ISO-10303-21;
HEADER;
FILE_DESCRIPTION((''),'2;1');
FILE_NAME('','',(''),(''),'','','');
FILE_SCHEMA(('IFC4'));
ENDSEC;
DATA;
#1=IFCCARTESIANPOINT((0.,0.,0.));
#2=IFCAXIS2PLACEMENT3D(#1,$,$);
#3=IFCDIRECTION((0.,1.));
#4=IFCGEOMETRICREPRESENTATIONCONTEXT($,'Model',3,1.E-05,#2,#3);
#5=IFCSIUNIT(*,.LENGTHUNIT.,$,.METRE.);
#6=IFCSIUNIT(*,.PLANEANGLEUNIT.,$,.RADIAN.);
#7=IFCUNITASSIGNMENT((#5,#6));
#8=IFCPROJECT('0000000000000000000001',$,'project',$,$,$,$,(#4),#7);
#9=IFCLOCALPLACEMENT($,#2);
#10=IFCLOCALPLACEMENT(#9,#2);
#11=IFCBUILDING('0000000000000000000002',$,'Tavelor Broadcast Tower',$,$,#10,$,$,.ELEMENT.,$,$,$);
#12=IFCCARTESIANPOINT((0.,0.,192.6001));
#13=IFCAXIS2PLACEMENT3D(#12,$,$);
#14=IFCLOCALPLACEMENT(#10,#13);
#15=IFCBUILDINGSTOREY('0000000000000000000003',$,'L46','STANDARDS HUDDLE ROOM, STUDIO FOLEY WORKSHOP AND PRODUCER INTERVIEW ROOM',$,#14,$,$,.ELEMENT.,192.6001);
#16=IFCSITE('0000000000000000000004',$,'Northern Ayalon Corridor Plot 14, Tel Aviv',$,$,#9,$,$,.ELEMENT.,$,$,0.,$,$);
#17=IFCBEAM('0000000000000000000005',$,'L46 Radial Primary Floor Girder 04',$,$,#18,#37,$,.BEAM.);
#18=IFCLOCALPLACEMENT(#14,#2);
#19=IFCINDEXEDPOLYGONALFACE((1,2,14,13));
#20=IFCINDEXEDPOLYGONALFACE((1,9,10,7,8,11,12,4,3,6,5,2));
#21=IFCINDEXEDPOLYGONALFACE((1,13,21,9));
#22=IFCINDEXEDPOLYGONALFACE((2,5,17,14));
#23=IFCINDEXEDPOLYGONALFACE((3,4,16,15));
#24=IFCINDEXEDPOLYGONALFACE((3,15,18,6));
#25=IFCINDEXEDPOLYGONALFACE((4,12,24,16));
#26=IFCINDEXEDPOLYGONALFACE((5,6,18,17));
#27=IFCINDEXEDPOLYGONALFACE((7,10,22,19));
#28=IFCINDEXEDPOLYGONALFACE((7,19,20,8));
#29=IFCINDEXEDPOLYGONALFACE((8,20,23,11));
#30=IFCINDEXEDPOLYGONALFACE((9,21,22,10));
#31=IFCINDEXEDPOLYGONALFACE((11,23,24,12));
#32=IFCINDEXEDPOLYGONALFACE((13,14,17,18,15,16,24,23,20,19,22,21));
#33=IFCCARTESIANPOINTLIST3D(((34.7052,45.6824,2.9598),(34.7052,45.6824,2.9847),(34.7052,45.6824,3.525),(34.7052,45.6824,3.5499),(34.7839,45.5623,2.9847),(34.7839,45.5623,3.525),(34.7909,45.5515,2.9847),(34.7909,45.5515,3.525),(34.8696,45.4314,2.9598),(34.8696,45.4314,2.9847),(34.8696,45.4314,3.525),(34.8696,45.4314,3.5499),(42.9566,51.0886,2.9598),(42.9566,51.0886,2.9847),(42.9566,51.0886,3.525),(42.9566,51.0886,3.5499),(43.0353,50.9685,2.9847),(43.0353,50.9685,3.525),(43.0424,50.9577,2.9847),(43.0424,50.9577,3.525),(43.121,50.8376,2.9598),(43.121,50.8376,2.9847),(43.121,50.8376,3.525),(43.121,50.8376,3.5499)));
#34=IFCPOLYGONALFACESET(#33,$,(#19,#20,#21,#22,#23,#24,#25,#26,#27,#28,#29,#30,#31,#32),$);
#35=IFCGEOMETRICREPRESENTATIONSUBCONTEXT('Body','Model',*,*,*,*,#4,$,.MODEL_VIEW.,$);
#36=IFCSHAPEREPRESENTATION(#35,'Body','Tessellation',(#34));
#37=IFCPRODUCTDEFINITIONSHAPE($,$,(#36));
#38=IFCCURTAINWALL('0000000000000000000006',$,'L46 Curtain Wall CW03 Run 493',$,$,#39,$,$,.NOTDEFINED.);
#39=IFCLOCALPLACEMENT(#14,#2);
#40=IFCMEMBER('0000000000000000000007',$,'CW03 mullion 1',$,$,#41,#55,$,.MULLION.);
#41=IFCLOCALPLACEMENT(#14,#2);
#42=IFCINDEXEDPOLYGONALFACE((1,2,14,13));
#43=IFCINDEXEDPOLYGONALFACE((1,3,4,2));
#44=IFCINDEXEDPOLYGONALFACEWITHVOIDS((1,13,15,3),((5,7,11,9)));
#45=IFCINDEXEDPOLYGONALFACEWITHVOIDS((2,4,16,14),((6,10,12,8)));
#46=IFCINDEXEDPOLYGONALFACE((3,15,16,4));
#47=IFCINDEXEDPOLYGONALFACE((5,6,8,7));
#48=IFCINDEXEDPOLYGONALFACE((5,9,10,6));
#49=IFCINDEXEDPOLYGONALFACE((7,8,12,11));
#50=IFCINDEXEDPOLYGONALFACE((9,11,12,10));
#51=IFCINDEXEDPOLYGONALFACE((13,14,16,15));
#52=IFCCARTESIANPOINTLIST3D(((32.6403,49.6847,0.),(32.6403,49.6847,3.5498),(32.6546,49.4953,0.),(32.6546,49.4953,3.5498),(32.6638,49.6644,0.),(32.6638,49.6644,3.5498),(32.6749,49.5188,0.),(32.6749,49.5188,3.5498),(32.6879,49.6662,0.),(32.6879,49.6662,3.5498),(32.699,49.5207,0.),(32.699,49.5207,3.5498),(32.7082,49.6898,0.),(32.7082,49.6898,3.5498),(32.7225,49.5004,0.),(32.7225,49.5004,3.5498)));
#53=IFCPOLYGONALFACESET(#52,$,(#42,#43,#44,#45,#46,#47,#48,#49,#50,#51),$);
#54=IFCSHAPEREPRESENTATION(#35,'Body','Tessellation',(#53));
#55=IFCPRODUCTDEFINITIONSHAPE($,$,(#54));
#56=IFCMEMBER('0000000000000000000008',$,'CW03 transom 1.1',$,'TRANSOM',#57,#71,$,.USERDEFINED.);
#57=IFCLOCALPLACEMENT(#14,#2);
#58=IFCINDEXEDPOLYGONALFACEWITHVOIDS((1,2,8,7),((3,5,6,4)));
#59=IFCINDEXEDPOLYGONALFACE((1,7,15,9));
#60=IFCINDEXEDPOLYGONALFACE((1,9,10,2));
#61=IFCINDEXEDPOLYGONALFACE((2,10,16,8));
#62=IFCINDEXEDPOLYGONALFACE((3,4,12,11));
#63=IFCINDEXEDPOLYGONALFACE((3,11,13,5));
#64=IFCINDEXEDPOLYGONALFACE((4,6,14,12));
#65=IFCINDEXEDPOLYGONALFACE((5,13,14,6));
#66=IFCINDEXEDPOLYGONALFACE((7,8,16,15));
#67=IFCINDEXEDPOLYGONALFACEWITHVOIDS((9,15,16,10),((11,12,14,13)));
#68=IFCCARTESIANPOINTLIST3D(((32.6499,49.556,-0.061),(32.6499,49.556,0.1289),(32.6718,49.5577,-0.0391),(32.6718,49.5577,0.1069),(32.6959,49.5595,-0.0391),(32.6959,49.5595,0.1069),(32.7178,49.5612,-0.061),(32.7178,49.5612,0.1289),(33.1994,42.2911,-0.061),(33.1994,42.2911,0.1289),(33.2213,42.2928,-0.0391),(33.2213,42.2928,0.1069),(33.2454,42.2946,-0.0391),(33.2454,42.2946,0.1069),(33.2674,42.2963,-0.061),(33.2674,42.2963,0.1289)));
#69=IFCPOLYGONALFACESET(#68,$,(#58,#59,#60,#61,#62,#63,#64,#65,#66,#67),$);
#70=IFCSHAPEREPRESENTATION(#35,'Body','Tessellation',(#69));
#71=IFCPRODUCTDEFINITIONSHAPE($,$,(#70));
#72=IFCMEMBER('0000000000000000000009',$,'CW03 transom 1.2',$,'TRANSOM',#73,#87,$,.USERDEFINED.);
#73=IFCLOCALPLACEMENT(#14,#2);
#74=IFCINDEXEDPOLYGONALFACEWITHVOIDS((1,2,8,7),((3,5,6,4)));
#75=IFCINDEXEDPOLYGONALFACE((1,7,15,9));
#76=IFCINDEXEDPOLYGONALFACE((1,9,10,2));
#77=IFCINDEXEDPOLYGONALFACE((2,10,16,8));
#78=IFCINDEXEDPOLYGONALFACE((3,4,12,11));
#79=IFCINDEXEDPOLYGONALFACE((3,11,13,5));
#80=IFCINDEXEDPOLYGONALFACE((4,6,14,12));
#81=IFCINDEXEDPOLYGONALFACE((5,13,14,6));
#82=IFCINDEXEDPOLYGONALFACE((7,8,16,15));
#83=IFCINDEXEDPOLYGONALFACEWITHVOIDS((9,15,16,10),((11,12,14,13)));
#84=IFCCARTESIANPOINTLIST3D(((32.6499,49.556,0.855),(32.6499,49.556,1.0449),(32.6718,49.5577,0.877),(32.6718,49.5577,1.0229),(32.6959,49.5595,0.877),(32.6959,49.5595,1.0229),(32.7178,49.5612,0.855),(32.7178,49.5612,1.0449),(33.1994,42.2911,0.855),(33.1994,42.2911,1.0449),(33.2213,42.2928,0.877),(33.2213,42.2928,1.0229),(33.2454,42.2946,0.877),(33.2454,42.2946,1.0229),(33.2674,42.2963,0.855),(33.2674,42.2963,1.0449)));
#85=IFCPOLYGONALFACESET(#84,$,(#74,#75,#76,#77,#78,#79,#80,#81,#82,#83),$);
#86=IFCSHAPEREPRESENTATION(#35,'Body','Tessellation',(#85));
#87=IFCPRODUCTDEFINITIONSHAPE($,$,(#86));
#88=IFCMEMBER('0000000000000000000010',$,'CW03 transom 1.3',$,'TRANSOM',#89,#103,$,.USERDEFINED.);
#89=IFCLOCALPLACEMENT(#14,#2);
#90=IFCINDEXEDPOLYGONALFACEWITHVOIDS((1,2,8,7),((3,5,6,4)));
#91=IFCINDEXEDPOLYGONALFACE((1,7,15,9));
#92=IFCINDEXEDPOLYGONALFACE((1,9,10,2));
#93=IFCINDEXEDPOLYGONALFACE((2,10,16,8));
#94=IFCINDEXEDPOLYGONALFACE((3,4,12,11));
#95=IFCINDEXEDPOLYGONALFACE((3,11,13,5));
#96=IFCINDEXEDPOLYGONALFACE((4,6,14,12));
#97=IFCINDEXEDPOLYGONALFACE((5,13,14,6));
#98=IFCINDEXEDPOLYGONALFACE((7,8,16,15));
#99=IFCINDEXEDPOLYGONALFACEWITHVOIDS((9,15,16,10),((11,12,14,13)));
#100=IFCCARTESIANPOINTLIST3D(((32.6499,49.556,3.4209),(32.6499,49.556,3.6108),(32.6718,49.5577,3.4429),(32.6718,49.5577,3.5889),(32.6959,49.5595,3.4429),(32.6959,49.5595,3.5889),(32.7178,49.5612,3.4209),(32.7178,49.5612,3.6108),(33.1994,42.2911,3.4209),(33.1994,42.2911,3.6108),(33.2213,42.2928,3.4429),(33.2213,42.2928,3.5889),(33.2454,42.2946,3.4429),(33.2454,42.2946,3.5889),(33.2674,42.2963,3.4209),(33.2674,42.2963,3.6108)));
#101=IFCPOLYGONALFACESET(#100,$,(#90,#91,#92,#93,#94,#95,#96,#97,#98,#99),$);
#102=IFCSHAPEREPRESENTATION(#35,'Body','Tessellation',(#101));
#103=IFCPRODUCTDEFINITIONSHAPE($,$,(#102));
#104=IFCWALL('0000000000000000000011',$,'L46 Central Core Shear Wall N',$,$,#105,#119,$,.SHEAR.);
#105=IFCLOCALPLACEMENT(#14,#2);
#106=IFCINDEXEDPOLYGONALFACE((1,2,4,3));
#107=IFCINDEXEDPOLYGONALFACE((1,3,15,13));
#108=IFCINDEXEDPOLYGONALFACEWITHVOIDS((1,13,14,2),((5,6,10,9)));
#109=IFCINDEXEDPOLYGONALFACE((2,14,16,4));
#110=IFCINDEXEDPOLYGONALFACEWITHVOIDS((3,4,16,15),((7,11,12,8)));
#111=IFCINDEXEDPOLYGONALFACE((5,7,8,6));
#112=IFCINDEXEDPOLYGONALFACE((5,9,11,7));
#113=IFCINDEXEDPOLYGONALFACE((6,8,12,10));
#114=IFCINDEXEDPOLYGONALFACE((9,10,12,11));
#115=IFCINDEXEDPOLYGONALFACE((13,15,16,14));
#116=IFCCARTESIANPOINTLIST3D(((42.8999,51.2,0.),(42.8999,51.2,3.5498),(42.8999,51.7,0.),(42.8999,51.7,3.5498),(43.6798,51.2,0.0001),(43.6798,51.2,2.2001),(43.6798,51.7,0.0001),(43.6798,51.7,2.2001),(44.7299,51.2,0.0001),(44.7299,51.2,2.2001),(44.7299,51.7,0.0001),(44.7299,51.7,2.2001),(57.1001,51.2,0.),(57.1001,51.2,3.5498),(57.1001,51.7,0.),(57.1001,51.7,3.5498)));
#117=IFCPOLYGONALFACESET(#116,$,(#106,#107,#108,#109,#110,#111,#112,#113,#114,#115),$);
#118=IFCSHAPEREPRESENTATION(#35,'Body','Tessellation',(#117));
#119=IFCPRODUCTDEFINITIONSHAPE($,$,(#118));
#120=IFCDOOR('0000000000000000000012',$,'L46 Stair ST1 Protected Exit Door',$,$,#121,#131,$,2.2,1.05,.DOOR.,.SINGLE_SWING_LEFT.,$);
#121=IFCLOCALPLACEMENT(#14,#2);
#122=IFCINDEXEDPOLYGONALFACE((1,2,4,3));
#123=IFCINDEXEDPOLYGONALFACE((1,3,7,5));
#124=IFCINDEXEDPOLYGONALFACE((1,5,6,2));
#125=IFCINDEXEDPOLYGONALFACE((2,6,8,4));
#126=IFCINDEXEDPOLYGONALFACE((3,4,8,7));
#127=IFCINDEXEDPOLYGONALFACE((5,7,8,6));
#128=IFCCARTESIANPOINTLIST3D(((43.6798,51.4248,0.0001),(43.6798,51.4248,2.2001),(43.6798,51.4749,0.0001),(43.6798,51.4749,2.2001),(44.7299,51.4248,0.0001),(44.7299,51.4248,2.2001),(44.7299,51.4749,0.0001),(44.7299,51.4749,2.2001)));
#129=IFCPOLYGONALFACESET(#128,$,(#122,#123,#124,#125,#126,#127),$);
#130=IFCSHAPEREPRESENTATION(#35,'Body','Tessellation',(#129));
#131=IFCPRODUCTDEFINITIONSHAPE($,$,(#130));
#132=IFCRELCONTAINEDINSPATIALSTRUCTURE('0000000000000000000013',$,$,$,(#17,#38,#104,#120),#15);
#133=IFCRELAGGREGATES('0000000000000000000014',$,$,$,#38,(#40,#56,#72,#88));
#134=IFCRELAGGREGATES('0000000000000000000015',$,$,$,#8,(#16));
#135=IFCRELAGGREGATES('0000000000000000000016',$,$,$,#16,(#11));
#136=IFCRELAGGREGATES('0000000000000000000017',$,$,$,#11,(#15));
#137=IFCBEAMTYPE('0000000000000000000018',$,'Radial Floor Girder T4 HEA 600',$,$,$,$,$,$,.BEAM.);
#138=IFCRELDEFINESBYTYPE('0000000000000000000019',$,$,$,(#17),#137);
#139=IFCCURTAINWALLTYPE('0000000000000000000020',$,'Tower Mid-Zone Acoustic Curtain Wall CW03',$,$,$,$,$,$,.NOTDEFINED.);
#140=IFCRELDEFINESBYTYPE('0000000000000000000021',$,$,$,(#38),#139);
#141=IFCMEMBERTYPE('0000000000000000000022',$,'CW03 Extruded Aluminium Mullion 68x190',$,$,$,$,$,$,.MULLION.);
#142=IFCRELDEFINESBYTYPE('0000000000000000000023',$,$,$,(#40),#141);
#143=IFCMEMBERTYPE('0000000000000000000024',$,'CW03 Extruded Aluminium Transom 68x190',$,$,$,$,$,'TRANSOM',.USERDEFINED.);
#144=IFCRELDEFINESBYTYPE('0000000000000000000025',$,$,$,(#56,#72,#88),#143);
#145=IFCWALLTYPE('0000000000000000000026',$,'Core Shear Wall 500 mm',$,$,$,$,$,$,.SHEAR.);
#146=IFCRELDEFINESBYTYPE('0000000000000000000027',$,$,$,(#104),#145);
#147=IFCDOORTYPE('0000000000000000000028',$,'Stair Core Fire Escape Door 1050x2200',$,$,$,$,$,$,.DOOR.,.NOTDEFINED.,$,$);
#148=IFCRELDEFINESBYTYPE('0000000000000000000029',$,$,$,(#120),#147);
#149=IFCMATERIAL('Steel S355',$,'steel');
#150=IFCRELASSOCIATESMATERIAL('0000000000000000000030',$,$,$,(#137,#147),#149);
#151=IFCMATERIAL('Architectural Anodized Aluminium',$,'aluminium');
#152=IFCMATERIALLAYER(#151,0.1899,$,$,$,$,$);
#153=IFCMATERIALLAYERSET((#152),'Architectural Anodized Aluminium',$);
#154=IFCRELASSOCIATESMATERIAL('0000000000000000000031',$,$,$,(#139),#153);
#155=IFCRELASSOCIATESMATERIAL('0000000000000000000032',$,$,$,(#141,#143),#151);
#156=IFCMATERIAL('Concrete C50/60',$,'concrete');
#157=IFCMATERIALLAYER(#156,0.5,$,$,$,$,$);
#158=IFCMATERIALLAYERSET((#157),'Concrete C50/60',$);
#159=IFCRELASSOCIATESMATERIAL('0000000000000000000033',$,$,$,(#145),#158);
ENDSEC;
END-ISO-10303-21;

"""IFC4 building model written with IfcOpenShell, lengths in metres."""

from ifc_helpers import new_model, si_unit, direction, frame, frame_2d, origin, origin_2d, place, context, subcontext, project, spatial, rectangle, hollow_rectangle, i_section, extrude, source, transform, mapped, material, layer, layer_set, material_profile, profile_set, type_object, type_shapes, element, fill, aggregate, save


model = new_model("IFC4")

# Units and contexts
model_context = context("Model", 3, precision=1e-05, world=origin(), true_north=direction((0.0, 1.0)))
body_context = subcontext(model_context, "Body", "Model", "MODEL_VIEW")
ifc_project = project(units=[si_unit("LENGTHUNIT", "METRE"), si_unit("PLANEANGLEUNIT", "RADIAN")], contexts=[model_context])

# Site, building, storey
site_placement = place(None, origin())
site = spatial("IfcSite", under=ifc_project, at=site_placement, Name="Northern Ayalon Corridor Plot 14, Tel Aviv", CompositionType="ELEMENT", RefElevation=0.0)
building_placement = place(site_placement, origin())
building = spatial("IfcBuilding", under=site, at=building_placement, Name="Tavelor Broadcast Tower", CompositionType="ELEMENT")
storey_placement = place(building_placement, frame((0.0, 0.0, 192.6001)))
storey = spatial("IfcBuildingStorey", under=building, at=storey_placement, Name="L46", Description="STANDARDS HUDDLE ROOM, STUDIO FOLEY WORKSHOP AND PRODUCER INTERVIEW ROOM", CompositionType="ELEMENT", Elevation=192.6001)

# Shared definitions
ifc_material_1 = material(Name="Concrete C50/60", Category="concrete")

# Beam
ifc_material_2 = material(Name="Steel S355", Category="steel")
ifc_material_profile_1 = material_profile(ifc_material_2, i_section(OverallWidth=0.3, OverallDepth=0.5901, WebThickness=0.0129, FlangeThickness=0.0249, at=origin_2d()), Name="HEA 600")
ifc_profile_set_1 = profile_set([ifc_material_profile_1], Name="Steel S355")
beam_type_1 = type_object("IfcBeamType", Name="Radial Floor Girder T4 HEA 600", PredefinedType="BEAM", material=ifc_profile_set_1)
beam_1_placement = place(storey_placement, frame((43.0388, 50.9631, 3.2549), z_axis=(-0.836456, -0.548035, 0.0), x_axis=(0.548035, -0.836456, 0.0)))
element("IfcBeam", 1, at=beam_1_placement, inside=storey, type_object=beam_type_1, Name="L46 Radial Primary Floor Girder 04", PredefinedType="BEAM", context=body_context, shape_type="SweptSolid", body=[
    extrude(i_section(OverallWidth=0.3, OverallDepth=0.5901, WebThickness=0.0129, FlangeThickness=0.0249, at=origin_2d()), origin(), (0.0, 0.0, 1.0), 9.8647),
])

# Curtain wall, members
ifc_material_3 = material(Name="Architectural Anodized Aluminium", Category="aluminium")
ifc_layer_1 = layer(ifc_material_3, 0.1899)
ifc_layer_set_1 = layer_set([ifc_layer_1], Name="Architectural Anodized Aluminium")
curtain_wall_type = type_object("IfcCurtainWallType", Name="Tower Mid-Zone Acoustic Curtain Wall CW03", PredefinedType="NOTDEFINED", material=ifc_layer_set_1)
curtain_wall_placement = place(storey_placement, origin())
curtain_wall = element("IfcCurtainWall", 2, at=curtain_wall_placement, inside=storey, type_object=curtain_wall_type, Name="L46 Curtain Wall CW03 Run 493", PredefinedType="NOTDEFINED")
ifc_material_profile_2 = material_profile(ifc_material_3, hollow_rectangle(XDim=0.0681, YDim=0.1899, WallThickness=0.022, at=origin_2d()), Name="RHS 68x190x22")
ifc_profile_set_2 = profile_set([ifc_material_profile_2], Name="Architectural Anodized Aluminium")
member_type_1 = type_object("IfcMemberType", Name="CW03 Extruded Aluminium Mullion 68x190", PredefinedType="MULLION", material=ifc_profile_set_2)
shared_shape_1 = source(origin(), body_context, "Body", "SweptSolid", [
    extrude(hollow_rectangle(XDim=0.0681, YDim=0.1899, WallThickness=0.022, at=origin_2d()), origin(), (0.0, 0.0, 1.0), 3.5498),
])
type_shapes(member_type_1, [shared_shape_1])
member_1_placement = place(storey_placement, frame((32.6814, 49.5925, 0.0), z_axis=(0.0, 0.0, 1.0), x_axis=(0.997152, 0.075414, 0.0)))
member_1 = element("IfcMember", 3, at=member_1_placement, type_object=member_type_1, Name="CW03 mullion 1", PredefinedType="MULLION", context=body_context, shape_type="MappedRepresentation", body=[
    mapped(shared_shape_1, transform((0.0, 0.0, 0.0), scale=1.0)),
])
ifc_material_profile_3 = material_profile(ifc_material_3, hollow_rectangle(XDim=0.0681, YDim=0.1899, WallThickness=0.022, at=origin_2d()), Name="RHS 68x190x22")
ifc_profile_set_3 = profile_set([ifc_material_profile_3], Name="Architectural Anodized Aluminium")
member_type_2 = type_object("IfcMemberType", Name="CW03 Extruded Aluminium Transom 68x190", ElementType="TRANSOM", PredefinedType="USERDEFINED", material=ifc_profile_set_3)
shared_shape_2 = source(origin(), body_context, "Body", "SweptSolid", [
    extrude(hollow_rectangle(XDim=0.0681, YDim=0.1899, WallThickness=0.022, at=origin_2d()), origin(), (0.0, 0.0, 1.0), 7.2856),
])
type_shapes(member_type_2, [shared_shape_2])
member_2_placement = place(storey_placement, frame((32.6838, 49.5586, 0.0339), z_axis=(0.075431, -0.997151, 0.0), x_axis=(0.997151, 0.075431, 0.0)))
member_2 = element("IfcMember", 4, at=member_2_placement, type_object=member_type_2, Name="CW03 transom 1.1", ObjectType="TRANSOM", PredefinedType="USERDEFINED", context=body_context, shape_type="MappedRepresentation", body=[
    mapped(shared_shape_2, transform((0.0, 0.0, 0.0), scale=1.0)),
])
member_3_placement = place(storey_placement, frame((32.6838, 49.5586, 0.95), z_axis=(0.075431, -0.997151, 0.0), x_axis=(0.997151, 0.075431, 0.0)))
member_3 = element("IfcMember", 5, at=member_3_placement, type_object=member_type_2, Name="CW03 transom 1.2", ObjectType="TRANSOM", PredefinedType="USERDEFINED", context=body_context, shape_type="MappedRepresentation", body=[
    mapped(shared_shape_2, transform((0.0, 0.0, 0.0), scale=1.0)),
])
member_4_placement = place(storey_placement, frame((32.6838, 49.5586, 3.5159), z_axis=(0.075431, -0.997151, 0.0), x_axis=(0.997151, 0.075431, 0.0)))
member_4 = element("IfcMember", 6, at=member_4_placement, type_object=member_type_2, Name="CW03 transom 1.3", ObjectType="TRANSOM", PredefinedType="USERDEFINED", context=body_context, shape_type="MappedRepresentation", body=[
    mapped(shared_shape_2, transform((0.0, 0.0, 0.0), scale=1.0)),
])
aggregate(curtain_wall, [member_1, member_2, member_3, member_4])

# Wall, opening, door
ifc_layer_2 = layer(ifc_material_1, 0.5)
ifc_layer_set_2 = layer_set([ifc_layer_2], Name="Concrete C50/60")
wall_type_1 = type_object("IfcWallType", Name="Core Shear Wall 500 mm", PredefinedType="SHEAR", material=ifc_layer_set_2)
wall_1_placement = place(storey_placement, frame((42.8999, 51.45, 0.0), z_axis=(0.0, 0.0, 1.0), x_axis=(1.0, 0.0, 0.0)))
wall_1 = element("IfcWall", 7, at=wall_1_placement, inside=storey, type_object=wall_type_1, Name="L46 Central Core Shear Wall N", PredefinedType="SHEAR", context=body_context, shape_type="SweptSolid", body=[
    extrude(rectangle(XDim=14.2002, YDim=0.5, at=frame_2d((7.1001, 0.0))), origin(), (0.0, 0.0, 1.0), 3.5498),
])
opening_1_placement = place(wall_1_placement, frame((0.78, 0.0, 0.0)))
opening_1 = element("IfcOpeningElement", 8, at=opening_1_placement, cuts=wall_1, PredefinedType="OPENING", context=body_context, shape_type="SweptSolid", body=[
    extrude(rectangle(XDim=1.05, YDim=2.2, at=frame_2d((0.5249, 1.1001))), frame((0.0, 0.26, 0.0), z_axis=(0.0, -1.0, 0.0), x_axis=(1.0, 0.0, 0.0)), (0.0, 0.0, 1.0), 0.52),
])
door_type_1 = type_object("IfcDoorType", Name="Stair Core Fire Escape Door 1050x2200", OperationType="NOTDEFINED", PredefinedType="DOOR", material=ifc_material_2)
door_1_placement = place(opening_1_placement, origin())
door_1 = element("IfcDoor", 9, at=door_1_placement, inside=storey, type_object=door_type_1, Name="L46 Stair ST1 Protected Exit Door", OperationType="SINGLE_SWING_LEFT", OverallHeight=2.2, OverallWidth=1.05, PredefinedType="DOOR", context=body_context, shape_type="SweptSolid", body=[
    extrude(rectangle(XDim=1.05, YDim=2.2, at=frame_2d((0.5249, 1.1001))), frame((0.0, 0.0249, 0.0), z_axis=(0.0, -1.0, 0.0), x_axis=(1.0, 0.0, 0.0)), (0.0, 0.0, 1.0), 0.05),
])
fill(opening_1, door_1)

save(model, "model.ifc")
